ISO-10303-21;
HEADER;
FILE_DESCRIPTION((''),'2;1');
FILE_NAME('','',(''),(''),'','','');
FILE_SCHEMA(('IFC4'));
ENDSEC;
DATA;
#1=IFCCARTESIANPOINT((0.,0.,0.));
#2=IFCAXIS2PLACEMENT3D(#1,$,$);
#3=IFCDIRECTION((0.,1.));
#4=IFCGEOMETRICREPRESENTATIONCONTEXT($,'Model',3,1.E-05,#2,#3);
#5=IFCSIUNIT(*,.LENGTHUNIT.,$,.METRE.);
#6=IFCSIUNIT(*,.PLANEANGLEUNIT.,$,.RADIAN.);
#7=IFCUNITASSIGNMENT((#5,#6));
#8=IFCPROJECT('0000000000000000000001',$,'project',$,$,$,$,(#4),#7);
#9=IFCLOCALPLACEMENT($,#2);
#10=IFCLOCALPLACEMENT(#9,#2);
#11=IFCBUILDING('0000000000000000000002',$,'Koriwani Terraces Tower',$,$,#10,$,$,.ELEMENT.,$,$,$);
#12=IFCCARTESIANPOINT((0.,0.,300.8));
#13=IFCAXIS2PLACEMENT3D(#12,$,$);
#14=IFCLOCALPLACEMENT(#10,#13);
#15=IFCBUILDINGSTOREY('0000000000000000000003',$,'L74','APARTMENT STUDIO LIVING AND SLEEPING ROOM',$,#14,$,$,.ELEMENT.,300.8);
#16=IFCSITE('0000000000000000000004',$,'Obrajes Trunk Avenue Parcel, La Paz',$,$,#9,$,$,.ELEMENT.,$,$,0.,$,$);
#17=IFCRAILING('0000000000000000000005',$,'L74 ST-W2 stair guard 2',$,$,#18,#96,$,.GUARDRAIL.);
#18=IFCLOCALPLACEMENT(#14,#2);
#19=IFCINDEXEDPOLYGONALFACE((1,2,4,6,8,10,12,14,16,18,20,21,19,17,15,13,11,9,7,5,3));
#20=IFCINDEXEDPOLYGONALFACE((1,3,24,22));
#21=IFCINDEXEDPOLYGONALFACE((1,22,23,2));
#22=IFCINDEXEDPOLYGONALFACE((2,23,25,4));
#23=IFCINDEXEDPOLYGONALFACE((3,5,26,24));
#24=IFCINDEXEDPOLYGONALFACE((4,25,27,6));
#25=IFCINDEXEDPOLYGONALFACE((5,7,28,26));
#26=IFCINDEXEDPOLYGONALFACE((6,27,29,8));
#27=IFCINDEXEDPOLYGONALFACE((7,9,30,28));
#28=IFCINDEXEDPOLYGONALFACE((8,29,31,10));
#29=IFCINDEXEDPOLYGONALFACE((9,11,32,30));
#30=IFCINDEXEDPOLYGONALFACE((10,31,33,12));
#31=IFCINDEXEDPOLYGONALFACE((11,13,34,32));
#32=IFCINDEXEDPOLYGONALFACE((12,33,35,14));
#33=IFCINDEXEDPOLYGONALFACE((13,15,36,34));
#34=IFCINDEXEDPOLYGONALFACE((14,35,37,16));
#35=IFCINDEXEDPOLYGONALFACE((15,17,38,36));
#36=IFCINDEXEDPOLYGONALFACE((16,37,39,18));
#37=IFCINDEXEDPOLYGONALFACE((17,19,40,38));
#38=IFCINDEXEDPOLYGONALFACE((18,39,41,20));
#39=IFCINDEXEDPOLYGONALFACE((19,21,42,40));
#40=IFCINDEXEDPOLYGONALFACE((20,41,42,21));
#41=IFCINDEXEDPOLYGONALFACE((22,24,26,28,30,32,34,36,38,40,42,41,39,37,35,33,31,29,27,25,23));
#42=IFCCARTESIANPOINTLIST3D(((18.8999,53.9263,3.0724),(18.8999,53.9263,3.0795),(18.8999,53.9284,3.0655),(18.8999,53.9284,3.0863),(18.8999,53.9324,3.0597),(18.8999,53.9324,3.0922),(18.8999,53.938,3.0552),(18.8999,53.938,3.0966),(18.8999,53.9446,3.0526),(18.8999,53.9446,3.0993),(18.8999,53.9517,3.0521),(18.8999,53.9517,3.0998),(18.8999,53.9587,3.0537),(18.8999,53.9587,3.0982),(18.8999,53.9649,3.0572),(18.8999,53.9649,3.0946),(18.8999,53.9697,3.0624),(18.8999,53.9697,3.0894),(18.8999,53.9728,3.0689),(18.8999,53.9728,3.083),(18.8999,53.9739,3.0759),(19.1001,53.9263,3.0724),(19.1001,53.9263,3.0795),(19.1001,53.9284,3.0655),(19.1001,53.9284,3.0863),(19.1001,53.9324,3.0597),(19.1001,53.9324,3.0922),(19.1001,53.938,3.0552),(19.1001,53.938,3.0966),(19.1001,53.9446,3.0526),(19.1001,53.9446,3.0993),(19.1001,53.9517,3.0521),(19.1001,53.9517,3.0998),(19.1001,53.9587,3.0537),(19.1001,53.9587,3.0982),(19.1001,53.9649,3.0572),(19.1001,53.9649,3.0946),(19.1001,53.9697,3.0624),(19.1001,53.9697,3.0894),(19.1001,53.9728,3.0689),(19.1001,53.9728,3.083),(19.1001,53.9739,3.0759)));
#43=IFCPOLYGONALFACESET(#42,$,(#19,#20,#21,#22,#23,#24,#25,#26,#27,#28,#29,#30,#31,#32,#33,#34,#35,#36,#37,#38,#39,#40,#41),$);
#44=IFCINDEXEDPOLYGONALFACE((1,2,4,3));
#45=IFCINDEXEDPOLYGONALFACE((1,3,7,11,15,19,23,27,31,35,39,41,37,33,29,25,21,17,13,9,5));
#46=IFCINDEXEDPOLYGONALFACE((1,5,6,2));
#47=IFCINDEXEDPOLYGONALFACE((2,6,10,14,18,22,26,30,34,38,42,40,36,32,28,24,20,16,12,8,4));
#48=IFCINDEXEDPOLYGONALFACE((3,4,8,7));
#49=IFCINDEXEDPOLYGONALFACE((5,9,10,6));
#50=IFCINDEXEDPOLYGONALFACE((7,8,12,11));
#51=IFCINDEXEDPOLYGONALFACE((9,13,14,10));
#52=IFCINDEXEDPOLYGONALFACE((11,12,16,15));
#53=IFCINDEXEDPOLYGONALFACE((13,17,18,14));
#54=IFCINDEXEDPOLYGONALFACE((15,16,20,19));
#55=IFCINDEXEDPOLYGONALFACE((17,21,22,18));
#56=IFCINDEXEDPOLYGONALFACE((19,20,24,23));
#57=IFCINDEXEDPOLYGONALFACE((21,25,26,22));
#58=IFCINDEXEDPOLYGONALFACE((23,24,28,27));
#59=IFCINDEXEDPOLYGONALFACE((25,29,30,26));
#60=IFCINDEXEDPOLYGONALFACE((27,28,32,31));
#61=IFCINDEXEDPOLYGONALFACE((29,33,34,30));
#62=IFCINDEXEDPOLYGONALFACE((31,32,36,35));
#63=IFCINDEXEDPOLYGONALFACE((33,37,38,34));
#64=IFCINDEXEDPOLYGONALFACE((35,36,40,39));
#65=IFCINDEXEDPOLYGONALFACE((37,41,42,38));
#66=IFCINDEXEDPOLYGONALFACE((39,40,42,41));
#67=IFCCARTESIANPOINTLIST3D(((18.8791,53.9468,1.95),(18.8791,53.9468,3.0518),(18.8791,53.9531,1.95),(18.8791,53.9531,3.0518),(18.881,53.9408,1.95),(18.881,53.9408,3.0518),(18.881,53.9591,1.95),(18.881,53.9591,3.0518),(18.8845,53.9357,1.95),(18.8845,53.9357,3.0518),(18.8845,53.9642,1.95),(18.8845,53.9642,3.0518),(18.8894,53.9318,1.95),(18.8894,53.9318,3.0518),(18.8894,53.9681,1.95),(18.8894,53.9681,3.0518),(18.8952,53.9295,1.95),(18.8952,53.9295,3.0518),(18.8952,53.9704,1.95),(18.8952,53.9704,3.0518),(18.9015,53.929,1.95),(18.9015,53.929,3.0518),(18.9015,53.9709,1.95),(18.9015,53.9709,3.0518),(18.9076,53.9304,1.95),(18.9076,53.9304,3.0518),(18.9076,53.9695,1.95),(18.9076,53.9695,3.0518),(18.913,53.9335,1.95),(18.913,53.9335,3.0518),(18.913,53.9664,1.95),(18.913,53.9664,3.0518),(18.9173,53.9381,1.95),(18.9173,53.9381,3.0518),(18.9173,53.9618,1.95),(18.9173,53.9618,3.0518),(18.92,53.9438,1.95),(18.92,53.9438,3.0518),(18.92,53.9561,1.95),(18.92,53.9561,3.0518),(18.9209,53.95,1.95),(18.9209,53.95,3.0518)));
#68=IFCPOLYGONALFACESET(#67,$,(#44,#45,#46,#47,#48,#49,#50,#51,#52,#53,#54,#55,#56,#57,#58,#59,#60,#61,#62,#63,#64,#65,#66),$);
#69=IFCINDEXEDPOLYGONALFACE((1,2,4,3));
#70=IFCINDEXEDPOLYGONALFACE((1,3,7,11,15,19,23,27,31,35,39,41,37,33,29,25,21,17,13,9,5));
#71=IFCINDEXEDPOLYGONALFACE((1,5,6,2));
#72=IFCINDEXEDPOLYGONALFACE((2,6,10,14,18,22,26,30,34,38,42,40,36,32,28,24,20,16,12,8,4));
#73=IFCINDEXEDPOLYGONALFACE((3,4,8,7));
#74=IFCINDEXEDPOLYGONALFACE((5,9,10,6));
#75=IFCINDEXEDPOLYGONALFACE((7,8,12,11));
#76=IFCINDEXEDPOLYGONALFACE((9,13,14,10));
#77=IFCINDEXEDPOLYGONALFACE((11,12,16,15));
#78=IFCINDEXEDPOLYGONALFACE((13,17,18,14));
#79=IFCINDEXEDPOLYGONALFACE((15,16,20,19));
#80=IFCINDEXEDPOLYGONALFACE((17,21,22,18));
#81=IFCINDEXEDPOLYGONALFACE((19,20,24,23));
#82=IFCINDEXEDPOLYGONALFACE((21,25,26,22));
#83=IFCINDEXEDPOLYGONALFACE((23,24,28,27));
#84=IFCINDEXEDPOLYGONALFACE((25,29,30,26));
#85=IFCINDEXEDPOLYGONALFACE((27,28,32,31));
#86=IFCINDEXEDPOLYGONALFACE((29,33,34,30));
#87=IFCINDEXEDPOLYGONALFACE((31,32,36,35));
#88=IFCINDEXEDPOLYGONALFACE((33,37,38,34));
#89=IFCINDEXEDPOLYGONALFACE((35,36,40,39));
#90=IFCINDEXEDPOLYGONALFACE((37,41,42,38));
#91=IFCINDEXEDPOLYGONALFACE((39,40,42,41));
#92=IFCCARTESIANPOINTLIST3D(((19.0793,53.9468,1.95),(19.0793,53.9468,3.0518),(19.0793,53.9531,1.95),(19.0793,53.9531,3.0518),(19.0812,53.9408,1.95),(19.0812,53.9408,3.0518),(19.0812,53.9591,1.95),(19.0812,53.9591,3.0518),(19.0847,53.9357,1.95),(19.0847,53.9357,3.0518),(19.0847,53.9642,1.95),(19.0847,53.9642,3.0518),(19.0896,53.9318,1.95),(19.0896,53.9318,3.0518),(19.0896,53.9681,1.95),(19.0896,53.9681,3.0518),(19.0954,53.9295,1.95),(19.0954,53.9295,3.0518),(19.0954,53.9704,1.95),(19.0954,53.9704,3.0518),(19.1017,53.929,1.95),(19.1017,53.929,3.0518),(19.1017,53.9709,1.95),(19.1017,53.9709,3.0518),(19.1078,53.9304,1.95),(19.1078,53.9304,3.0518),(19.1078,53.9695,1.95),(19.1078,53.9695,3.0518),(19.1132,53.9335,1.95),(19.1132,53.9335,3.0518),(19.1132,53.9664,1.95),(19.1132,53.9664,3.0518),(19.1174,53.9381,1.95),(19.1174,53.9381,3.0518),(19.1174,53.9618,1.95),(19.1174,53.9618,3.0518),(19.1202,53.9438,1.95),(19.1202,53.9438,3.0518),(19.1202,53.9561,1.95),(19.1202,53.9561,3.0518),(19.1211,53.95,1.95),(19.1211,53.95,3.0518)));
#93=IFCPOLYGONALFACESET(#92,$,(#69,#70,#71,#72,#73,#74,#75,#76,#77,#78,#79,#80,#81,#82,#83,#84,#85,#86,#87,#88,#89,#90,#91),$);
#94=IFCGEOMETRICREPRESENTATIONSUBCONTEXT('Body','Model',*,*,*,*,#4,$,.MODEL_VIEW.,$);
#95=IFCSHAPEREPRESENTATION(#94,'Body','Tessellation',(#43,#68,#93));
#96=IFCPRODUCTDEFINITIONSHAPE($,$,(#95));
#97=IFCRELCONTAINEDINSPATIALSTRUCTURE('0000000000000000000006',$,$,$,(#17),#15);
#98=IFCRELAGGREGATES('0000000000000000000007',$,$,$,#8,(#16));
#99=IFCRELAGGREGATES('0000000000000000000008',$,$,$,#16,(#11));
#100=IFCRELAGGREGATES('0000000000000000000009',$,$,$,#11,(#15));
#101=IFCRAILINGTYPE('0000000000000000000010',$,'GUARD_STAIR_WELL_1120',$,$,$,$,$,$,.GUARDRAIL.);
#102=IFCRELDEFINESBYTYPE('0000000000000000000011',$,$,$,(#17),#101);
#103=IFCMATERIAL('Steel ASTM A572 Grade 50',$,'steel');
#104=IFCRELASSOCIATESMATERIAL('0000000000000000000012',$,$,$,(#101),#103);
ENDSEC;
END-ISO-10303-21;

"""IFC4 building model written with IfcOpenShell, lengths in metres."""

from ifc_helpers import new_model, si_unit, direction, frame, origin, origin_2d, place, context, subcontext, project, spatial, circle, extrude, material, type_object, element, save


model = new_model("IFC4")

# Units and contexts
model_context = context("Model", 3, precision=1e-05, world=origin(), true_north=direction((0.0, 1.0)))
body_context = subcontext(model_context, "Body", "Model", "MODEL_VIEW")
ifc_project = project(units=[si_unit("LENGTHUNIT", "METRE"), si_unit("PLANEANGLEUNIT", "RADIAN")], contexts=[model_context])

# Site, building, storey
site_placement = place(None, origin())
site = spatial("IfcSite", under=ifc_project, at=site_placement, Name="Obrajes Trunk Avenue Parcel, La Paz", CompositionType="ELEMENT", RefElevation=0.0)
building_placement = place(site_placement, origin())
building = spatial("IfcBuilding", under=site, at=building_placement, Name="Koriwani Terraces Tower", CompositionType="ELEMENT")
storey_placement = place(building_placement, frame((0.0, 0.0, 300.8)))
storey = spatial("IfcBuildingStorey", under=building, at=storey_placement, Name="L74", Description="APARTMENT STUDIO LIVING AND SLEEPING ROOM", CompositionType="ELEMENT", Elevation=300.8)

# Shared definitions
ifc_material_1 = material(Name="Steel ASTM A572 Grade 50", Category="steel")

# Railing
railing_type_1 = type_object("IfcRailingType", Name="GUARD_STAIR_WELL_1120", PredefinedType="GUARDRAIL", material=ifc_material_1)
railing_1_placement = place(storey_placement, frame((18.8999, 53.95, 1.95)))
element("IfcRailing", 1, at=railing_1_placement, inside=storey, type_object=railing_type_1, Name="L74 ST-W2 stair guard 2", PredefinedType="GUARDRAIL", context=body_context, shape_type="SweptSolid", body=[
    extrude(circle(Radius=0.0239, at=origin_2d()), frame((0.0, 0.0, 1.126), z_axis=(1.0, 0.0, 0.0), x_axis=(0.0, 1.0, 0.0)), (0.0, 0.0, 1.0), 0.2002),
    extrude(circle(Radius=0.021, at=origin_2d()), origin(), (0.0, 0.0, 1.0), 1.1018),
    extrude(circle(Radius=0.021, at=origin_2d()), frame((0.2002, 0.0, 0.0)), (0.0, 0.0, 1.0), 1.1018),
])

save(model, "model.ifc")
